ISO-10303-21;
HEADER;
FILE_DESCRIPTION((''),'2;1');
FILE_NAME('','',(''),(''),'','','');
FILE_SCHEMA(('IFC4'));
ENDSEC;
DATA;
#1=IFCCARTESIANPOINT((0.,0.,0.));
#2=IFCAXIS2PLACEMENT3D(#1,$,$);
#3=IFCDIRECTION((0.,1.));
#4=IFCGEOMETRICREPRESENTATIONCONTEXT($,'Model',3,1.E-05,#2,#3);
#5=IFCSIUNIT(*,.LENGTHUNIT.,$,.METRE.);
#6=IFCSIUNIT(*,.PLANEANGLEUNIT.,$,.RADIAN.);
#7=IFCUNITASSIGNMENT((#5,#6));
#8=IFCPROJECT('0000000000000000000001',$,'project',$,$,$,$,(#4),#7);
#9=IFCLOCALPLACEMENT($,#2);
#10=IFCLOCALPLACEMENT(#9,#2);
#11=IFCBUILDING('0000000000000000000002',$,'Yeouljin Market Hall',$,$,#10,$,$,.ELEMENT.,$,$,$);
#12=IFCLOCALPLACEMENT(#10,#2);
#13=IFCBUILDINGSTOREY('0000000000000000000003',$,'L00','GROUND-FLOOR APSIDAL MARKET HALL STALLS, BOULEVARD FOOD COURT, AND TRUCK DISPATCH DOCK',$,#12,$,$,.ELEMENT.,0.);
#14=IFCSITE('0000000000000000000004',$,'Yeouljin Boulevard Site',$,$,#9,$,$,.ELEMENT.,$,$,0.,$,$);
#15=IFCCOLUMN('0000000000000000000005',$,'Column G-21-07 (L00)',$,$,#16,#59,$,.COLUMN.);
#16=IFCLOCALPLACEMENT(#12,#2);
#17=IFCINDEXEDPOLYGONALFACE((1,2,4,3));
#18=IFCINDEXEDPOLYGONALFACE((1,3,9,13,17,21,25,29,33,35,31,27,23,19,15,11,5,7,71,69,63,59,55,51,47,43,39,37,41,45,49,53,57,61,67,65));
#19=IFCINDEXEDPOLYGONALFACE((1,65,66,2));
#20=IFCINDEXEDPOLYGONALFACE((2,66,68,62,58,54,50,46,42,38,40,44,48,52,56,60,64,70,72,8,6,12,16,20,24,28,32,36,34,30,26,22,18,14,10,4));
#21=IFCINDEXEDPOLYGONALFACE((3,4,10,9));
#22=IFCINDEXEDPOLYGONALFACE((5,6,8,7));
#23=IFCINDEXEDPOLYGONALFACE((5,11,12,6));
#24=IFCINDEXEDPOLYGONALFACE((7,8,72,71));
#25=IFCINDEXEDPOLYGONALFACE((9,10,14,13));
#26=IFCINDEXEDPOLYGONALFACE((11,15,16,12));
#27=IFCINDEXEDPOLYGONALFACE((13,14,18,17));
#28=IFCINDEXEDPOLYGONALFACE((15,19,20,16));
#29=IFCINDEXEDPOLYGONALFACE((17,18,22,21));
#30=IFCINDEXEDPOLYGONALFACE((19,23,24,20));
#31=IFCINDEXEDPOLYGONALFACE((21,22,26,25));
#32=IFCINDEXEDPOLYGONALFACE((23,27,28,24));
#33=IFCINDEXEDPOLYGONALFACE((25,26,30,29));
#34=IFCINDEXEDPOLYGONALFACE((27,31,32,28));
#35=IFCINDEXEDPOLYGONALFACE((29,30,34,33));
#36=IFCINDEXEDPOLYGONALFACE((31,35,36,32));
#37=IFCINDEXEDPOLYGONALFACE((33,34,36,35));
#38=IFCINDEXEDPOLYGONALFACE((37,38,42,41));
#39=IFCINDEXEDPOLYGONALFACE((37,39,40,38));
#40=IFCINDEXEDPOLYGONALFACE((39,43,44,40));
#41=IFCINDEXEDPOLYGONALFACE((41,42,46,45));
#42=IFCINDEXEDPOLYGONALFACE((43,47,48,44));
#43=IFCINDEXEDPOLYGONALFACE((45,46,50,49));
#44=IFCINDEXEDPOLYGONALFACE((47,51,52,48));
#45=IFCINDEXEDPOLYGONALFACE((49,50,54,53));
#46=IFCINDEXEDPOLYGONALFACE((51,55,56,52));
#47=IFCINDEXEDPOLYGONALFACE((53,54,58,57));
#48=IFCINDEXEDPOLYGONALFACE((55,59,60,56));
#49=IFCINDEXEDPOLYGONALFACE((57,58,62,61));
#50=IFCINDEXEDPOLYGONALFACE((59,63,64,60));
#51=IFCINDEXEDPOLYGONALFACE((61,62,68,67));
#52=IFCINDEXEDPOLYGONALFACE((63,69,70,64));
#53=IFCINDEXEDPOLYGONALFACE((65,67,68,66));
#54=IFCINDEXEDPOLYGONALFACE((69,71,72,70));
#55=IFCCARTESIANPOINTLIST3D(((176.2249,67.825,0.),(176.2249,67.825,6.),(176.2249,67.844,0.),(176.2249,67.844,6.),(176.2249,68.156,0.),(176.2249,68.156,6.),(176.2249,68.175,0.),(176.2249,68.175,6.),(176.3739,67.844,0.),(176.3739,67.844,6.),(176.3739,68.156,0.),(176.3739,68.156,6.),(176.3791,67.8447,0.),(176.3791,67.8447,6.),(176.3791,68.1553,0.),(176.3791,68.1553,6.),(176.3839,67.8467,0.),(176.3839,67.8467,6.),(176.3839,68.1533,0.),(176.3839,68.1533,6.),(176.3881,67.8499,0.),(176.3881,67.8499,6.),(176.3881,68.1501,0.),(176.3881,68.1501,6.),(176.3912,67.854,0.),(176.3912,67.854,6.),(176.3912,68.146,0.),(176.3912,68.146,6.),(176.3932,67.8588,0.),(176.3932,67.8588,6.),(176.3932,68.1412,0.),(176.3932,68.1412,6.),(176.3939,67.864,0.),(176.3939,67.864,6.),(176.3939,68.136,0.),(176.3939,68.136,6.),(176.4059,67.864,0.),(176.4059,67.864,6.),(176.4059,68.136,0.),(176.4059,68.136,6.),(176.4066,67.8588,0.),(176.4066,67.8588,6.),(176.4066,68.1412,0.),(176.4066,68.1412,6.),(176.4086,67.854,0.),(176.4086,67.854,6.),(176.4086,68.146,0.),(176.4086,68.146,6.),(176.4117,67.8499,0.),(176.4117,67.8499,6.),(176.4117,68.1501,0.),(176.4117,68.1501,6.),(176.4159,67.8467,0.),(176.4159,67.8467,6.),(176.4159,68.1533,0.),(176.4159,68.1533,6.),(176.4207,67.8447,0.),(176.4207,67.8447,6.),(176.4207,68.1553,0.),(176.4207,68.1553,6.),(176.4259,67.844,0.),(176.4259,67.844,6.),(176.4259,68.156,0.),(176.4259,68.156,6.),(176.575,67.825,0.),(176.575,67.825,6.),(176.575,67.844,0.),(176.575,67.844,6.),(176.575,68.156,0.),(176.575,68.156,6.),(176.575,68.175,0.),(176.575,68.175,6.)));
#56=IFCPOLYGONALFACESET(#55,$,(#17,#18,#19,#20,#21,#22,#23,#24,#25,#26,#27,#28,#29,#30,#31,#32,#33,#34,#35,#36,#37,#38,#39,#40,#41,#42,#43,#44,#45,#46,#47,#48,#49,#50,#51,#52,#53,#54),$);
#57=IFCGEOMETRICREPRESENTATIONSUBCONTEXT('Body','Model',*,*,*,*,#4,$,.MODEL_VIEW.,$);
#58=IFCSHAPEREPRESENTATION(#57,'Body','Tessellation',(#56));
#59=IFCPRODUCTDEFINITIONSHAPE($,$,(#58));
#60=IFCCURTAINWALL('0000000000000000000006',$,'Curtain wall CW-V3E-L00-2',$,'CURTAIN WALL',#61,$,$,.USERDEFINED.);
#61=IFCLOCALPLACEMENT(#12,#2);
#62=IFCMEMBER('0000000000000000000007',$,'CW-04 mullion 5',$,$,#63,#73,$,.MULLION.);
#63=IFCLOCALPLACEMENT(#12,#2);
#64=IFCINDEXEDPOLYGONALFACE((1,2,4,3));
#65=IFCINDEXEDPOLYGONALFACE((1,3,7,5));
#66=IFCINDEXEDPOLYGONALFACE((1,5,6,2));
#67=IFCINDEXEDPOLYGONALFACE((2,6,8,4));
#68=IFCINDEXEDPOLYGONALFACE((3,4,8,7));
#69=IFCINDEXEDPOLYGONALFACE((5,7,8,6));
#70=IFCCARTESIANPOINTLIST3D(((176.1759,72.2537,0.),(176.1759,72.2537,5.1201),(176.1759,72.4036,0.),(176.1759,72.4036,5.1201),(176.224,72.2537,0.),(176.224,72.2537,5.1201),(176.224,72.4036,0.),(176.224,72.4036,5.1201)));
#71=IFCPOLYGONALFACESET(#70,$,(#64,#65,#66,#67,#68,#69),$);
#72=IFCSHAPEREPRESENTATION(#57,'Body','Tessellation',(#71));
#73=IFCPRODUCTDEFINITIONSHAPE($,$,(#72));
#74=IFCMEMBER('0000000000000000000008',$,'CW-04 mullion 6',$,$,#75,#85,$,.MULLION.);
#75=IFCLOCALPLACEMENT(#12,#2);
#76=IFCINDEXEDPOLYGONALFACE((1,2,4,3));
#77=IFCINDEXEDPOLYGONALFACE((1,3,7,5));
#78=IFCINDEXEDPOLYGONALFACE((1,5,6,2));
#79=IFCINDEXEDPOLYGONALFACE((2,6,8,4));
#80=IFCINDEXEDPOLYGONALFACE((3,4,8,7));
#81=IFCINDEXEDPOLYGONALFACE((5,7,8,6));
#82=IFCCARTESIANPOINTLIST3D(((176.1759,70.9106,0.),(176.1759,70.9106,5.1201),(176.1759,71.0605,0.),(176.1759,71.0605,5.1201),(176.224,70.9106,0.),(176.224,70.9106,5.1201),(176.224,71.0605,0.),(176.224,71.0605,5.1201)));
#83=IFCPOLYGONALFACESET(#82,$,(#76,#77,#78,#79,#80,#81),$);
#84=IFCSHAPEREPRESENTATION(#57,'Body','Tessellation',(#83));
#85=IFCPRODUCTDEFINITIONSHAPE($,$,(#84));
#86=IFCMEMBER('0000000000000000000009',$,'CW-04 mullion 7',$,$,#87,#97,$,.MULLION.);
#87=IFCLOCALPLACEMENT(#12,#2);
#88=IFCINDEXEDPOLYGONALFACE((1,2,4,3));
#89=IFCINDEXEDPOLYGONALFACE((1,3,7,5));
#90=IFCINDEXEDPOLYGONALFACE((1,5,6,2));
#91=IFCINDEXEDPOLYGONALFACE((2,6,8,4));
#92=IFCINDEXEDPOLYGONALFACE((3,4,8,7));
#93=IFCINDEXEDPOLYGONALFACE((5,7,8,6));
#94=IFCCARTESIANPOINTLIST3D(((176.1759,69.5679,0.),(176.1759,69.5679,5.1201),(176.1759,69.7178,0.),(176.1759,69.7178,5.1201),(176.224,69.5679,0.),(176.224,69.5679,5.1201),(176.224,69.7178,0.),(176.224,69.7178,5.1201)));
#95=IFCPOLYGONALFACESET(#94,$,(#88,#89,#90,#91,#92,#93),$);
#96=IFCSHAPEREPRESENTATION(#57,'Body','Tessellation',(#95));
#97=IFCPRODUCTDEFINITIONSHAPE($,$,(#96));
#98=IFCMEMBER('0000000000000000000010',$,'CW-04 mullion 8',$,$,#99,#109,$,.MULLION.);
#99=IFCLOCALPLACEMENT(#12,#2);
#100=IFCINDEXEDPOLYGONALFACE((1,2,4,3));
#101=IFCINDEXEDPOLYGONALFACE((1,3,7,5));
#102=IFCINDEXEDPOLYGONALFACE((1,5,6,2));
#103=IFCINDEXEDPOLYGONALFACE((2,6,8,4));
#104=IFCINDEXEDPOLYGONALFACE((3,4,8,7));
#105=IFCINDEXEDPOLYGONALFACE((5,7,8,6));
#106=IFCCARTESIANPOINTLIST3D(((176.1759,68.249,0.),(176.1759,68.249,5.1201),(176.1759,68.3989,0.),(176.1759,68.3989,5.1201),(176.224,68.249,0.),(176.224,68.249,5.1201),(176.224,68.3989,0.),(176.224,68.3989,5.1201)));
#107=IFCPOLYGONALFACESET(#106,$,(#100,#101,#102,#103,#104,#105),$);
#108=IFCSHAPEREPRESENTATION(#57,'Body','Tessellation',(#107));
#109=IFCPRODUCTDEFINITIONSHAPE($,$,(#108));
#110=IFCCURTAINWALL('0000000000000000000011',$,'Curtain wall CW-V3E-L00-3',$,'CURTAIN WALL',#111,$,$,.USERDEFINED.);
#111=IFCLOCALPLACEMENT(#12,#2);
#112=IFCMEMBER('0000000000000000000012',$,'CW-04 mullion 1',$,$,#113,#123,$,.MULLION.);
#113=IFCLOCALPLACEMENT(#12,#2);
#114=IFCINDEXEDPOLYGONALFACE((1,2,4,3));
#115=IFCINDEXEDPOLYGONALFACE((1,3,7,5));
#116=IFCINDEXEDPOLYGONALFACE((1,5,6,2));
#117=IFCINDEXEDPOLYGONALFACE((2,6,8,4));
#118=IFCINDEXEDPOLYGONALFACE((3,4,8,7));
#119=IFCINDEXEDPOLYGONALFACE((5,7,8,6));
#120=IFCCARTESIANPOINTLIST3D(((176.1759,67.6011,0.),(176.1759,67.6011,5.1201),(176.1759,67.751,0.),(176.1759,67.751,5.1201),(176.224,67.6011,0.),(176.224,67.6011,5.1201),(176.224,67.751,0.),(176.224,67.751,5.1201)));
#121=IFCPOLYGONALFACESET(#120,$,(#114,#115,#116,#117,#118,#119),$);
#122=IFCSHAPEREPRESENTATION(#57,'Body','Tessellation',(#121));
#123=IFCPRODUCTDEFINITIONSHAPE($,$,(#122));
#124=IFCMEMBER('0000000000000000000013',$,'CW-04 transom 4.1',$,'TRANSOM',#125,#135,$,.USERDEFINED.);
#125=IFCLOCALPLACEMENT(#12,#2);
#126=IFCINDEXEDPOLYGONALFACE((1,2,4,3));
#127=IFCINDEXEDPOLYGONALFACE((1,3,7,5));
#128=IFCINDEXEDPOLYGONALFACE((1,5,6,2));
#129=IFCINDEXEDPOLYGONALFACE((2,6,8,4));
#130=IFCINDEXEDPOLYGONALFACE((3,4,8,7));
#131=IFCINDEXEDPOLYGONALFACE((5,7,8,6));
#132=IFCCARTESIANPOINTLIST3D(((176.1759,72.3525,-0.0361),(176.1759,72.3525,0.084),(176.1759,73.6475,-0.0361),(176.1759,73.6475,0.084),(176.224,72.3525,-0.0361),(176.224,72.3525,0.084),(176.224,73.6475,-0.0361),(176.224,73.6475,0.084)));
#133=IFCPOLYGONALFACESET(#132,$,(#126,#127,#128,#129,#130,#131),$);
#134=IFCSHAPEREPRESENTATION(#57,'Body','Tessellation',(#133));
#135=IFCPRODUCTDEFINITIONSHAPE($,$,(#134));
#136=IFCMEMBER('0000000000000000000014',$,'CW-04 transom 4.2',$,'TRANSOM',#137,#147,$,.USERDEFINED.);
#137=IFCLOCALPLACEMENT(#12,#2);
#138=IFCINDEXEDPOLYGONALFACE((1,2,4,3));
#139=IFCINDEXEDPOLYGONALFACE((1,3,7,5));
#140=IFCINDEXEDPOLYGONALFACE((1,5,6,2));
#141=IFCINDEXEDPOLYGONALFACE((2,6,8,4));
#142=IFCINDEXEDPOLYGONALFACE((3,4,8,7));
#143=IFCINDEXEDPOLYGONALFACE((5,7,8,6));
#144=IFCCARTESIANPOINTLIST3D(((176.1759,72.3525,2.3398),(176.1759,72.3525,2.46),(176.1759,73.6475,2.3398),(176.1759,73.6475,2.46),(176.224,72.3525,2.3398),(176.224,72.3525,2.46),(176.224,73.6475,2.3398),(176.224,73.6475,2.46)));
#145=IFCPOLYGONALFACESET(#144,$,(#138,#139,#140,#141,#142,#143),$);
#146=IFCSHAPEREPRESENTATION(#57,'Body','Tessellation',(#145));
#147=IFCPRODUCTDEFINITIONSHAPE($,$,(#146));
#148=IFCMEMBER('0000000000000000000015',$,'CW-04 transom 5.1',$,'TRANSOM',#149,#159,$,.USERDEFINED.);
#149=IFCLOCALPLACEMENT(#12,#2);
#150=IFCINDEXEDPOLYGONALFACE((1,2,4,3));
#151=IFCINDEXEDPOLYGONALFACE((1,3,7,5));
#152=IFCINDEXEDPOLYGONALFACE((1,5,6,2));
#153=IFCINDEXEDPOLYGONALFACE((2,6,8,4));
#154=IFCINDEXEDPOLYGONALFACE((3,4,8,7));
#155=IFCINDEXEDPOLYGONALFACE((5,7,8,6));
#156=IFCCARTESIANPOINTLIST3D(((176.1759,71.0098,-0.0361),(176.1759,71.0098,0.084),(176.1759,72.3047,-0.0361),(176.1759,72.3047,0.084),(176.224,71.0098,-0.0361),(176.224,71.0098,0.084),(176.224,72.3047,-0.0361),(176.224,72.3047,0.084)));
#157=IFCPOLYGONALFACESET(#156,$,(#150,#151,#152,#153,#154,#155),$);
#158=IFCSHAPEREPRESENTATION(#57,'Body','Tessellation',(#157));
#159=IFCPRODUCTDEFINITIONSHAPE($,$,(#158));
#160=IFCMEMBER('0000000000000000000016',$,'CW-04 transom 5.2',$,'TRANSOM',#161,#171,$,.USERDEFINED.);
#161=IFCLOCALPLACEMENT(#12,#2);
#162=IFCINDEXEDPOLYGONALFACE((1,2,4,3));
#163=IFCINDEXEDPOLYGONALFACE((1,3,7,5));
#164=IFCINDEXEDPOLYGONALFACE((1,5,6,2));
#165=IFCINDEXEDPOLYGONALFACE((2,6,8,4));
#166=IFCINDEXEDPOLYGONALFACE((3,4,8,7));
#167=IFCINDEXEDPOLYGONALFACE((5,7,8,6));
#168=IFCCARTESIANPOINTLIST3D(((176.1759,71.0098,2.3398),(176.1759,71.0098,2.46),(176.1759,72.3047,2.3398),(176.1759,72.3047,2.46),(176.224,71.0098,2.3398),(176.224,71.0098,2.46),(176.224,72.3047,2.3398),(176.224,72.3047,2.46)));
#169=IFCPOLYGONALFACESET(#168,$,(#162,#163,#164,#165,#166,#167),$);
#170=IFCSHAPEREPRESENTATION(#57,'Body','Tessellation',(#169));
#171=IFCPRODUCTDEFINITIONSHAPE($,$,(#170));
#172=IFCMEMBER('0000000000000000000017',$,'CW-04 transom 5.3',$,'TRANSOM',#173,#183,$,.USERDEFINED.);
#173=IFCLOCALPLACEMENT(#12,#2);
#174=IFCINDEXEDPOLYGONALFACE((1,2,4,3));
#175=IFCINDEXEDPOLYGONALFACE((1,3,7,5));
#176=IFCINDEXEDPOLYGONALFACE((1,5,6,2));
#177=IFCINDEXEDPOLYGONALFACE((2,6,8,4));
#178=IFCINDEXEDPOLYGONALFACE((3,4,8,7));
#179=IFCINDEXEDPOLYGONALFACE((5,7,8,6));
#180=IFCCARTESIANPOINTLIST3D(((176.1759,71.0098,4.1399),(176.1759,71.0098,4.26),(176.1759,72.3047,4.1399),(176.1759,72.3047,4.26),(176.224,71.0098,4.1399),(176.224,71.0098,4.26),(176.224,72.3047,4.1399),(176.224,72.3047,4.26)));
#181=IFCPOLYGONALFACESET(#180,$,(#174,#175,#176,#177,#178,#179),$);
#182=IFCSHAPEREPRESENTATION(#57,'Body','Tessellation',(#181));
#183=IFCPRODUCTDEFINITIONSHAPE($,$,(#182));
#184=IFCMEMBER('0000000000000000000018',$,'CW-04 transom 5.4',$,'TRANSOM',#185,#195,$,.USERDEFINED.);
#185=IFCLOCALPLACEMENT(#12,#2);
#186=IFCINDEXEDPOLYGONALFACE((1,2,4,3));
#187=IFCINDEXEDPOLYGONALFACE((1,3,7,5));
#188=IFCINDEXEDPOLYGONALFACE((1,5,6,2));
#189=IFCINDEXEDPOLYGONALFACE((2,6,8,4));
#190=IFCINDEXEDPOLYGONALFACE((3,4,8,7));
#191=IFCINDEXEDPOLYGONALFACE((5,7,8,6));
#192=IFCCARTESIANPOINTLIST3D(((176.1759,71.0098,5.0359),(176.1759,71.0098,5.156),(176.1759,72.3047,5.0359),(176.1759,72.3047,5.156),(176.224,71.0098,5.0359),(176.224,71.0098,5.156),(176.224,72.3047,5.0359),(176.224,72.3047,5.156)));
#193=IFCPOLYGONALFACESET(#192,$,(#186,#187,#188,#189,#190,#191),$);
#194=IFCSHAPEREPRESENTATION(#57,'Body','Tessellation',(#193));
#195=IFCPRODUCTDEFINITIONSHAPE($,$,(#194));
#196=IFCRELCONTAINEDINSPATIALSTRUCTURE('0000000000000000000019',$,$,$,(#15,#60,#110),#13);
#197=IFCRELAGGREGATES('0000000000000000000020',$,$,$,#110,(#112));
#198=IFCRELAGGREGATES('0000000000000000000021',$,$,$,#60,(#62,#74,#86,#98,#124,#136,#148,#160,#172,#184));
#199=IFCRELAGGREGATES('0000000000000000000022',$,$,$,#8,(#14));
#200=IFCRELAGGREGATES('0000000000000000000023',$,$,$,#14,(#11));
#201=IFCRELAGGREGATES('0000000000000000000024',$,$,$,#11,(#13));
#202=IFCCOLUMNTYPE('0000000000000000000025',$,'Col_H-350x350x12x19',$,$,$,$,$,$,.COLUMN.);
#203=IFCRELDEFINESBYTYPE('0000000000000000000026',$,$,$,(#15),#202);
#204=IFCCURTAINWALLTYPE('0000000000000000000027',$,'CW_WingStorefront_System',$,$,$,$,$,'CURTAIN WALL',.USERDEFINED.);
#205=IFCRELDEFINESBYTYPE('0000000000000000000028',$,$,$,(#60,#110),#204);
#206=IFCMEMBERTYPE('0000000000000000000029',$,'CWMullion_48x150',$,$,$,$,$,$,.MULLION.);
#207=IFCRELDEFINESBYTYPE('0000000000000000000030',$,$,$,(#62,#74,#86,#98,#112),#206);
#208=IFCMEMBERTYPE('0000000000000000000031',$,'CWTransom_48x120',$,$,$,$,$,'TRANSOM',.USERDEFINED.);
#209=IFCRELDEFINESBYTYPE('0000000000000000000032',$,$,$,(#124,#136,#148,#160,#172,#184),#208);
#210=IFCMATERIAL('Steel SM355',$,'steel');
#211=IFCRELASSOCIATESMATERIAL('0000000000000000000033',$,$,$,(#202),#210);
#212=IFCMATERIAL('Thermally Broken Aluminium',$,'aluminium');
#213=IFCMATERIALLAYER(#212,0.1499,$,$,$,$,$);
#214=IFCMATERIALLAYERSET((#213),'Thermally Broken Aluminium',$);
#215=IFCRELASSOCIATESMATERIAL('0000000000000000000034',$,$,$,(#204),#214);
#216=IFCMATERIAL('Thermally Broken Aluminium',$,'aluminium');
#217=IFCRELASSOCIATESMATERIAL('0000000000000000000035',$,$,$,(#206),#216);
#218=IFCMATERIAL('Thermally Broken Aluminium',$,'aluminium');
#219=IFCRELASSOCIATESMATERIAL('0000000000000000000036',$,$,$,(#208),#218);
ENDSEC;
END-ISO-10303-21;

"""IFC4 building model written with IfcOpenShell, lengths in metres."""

from ifc_helpers import new_model, si_unit, direction, frame, origin, origin_2d, place, context, subcontext, project, spatial, rectangle, i_section, extrude, material, layer, layer_set, material_profile, profile_set, type_object, element, aggregate, save


model = new_model("IFC4")

# Units and contexts
model_context = context("Model", 3, precision=1e-05, world=origin(), true_north=direction((0.0, 1.0)))
body_context = subcontext(model_context, "Body", "Model", "MODEL_VIEW")
ifc_project = project(units=[si_unit("LENGTHUNIT", "METRE"), si_unit("PLANEANGLEUNIT", "RADIAN")], contexts=[model_context])

# Site, building, storey
site_placement = place(None, origin())
site = spatial("IfcSite", under=ifc_project, at=site_placement, Name="Yeouljin Boulevard Site", CompositionType="ELEMENT", RefElevation=0.0)
building_placement = place(site_placement, origin())
building = spatial("IfcBuilding", under=site, at=building_placement, Name="Yeouljin Market Hall", CompositionType="ELEMENT")
storey_placement = place(building_placement, origin())
storey = spatial("IfcBuildingStorey", under=building, at=storey_placement, Name="L00", Description="GROUND-FLOOR APSIDAL MARKET HALL STALLS, BOULEVARD FOOD COURT, AND TRUCK DISPATCH DOCK", CompositionType="ELEMENT", Elevation=0.0)

# Column
ifc_material_1 = material(Name="Steel SM355", Category="steel")
ifc_material_profile_1 = material_profile(ifc_material_1, i_section(OverallWidth=0.3501, OverallDepth=0.3501, WebThickness=0.012, FlangeThickness=0.019, FilletRadius=0.02, at=origin_2d()), Name="H-350x350x12x19")
ifc_profile_set_1 = profile_set([ifc_material_profile_1], Name="Steel SM355")
column_type = type_object("IfcColumnType", Name="Col_H-350x350x12x19", PredefinedType="COLUMN", material=ifc_profile_set_1)
column_placement = place(storey_placement, frame((176.3999, 68.0, 0.0), z_axis=(0.0, 0.0, 1.0), x_axis=(1.0, 0.0, 0.0)))
element("IfcColumn", 1, at=column_placement, inside=storey, type_object=column_type, Name="Column G-21-07 (L00)", PredefinedType="COLUMN", context=body_context, shape_type="SweptSolid", body=[
    extrude(i_section(OverallWidth=0.3501, OverallDepth=0.3501, WebThickness=0.012, FlangeThickness=0.019, FilletRadius=0.02, at=origin_2d()), origin(), (0.0, 0.0, 1.0), 6.0),
])

# Curtain wall, members
ifc_material_2 = material(Name="Thermally Broken Aluminium", Category="aluminium")
ifc_layer_1 = layer(ifc_material_2, 0.1499)
ifc_layer_set_1 = layer_set([ifc_layer_1], Name="Thermally Broken Aluminium")
curtain_wall_type = type_object("IfcCurtainWallType", Name="CW_WingStorefront_System", ElementType="CURTAIN WALL", PredefinedType="USERDEFINED", material=ifc_layer_set_1)
curtain_wall_1_placement = place(storey_placement, origin())
curtain_wall_1 = element("IfcCurtainWall", 2, at=curtain_wall_1_placement, inside=storey, type_object=curtain_wall_type, Name="Curtain wall CW-V3E-L00-2", ObjectType="CURTAIN WALL", PredefinedType="USERDEFINED")
ifc_material_3 = material(Name="Thermally Broken Aluminium", Category="aluminium")
ifc_material_profile_2 = material_profile(ifc_material_3, rectangle(XDim=0.0481, YDim=0.1499, at=origin_2d()), Name="CW-MULL-48x150")
ifc_profile_set_2 = profile_set([ifc_material_profile_2], Name="Thermally Broken Aluminium")
member_type_1 = type_object("IfcMemberType", Name="CWMullion_48x150", PredefinedType="MULLION", material=ifc_profile_set_2)
member_1_placement = place(storey_placement, frame((176.2, 72.3286, 0.0), z_axis=(0.0, 0.0, 1.0), x_axis=(1.0, 0.0, 0.0)))
member_1 = element("IfcMember", 3, at=member_1_placement, type_object=member_type_1, Name="CW-04 mullion 5", PredefinedType="MULLION", context=body_context, shape_type="SweptSolid", body=[
    extrude(rectangle(XDim=0.0481, YDim=0.1499, at=origin_2d()), origin(), (0.0, 0.0, 1.0), 5.1201),
])
member_2_placement = place(storey_placement, frame((176.2, 70.9856, 0.0), z_axis=(0.0, 0.0, 1.0), x_axis=(1.0, 0.0, 0.0)))
member_2 = element("IfcMember", 4, at=member_2_placement, type_object=member_type_1, Name="CW-04 mullion 6", PredefinedType="MULLION", context=body_context, shape_type="SweptSolid", body=[
    extrude(rectangle(XDim=0.0481, YDim=0.1499, at=origin_2d()), origin(), (0.0, 0.0, 1.0), 5.1201),
])
member_3_placement = place(storey_placement, frame((176.2, 69.6428, 0.0), z_axis=(0.0, 0.0, 1.0), x_axis=(1.0, 0.0, 0.0)))
member_3 = element("IfcMember", 5, at=member_3_placement, type_object=member_type_1, Name="CW-04 mullion 7", PredefinedType="MULLION", context=body_context, shape_type="SweptSolid", body=[
    extrude(rectangle(XDim=0.0481, YDim=0.1499, at=origin_2d()), origin(), (0.0, 0.0, 1.0), 5.1201),
])
member_4_placement = place(storey_placement, frame((176.2, 68.324, 0.0), z_axis=(0.0, 0.0, 1.0), x_axis=(1.0, 0.0, 0.0)))
member_4 = element("IfcMember", 6, at=member_4_placement, type_object=member_type_1, Name="CW-04 mullion 8", PredefinedType="MULLION", context=body_context, shape_type="SweptSolid", body=[
    extrude(rectangle(XDim=0.0481, YDim=0.1499, at=origin_2d()), origin(), (0.0, 0.0, 1.0), 5.1201),
])

# Curtain wall, member
curtain_wall_2_placement = place(storey_placement, origin())
curtain_wall_2 = element("IfcCurtainWall", 7, at=curtain_wall_2_placement, inside=storey, type_object=curtain_wall_type, Name="Curtain wall CW-V3E-L00-3", ObjectType="CURTAIN WALL", PredefinedType="USERDEFINED")
member_5_placement = place(storey_placement, frame((176.2, 67.676, 0.0), z_axis=(0.0, 0.0, 1.0), x_axis=(1.0, 0.0, 0.0)))
member_5 = element("IfcMember", 8, at=member_5_placement, type_object=member_type_1, Name="CW-04 mullion 1", PredefinedType="MULLION", context=body_context, shape_type="SweptSolid", body=[
    extrude(rectangle(XDim=0.0481, YDim=0.1499, at=origin_2d()), origin(), (0.0, 0.0, 1.0), 5.1201),
])

# Members
ifc_material_4 = material(Name="Thermally Broken Aluminium", Category="aluminium")
ifc_material_profile_3 = material_profile(ifc_material_4, rectangle(XDim=0.0481, YDim=0.1201, at=origin_2d()), Name="CW-TRAN-48x120")
ifc_profile_set_3 = profile_set([ifc_material_profile_3], Name="Thermally Broken Aluminium")
member_type_2 = type_object("IfcMemberType", Name="CWTransom_48x120", ElementType="TRANSOM", PredefinedType="USERDEFINED", material=ifc_profile_set_3)
member_6_placement = place(storey_placement, frame((176.2, 73.6475, 0.0239), z_axis=(0.0, -1.0, 0.0), x_axis=(1.0, 0.0, 0.0)))
member_6 = element("IfcMember", 9, at=member_6_placement, type_object=member_type_2, Name="CW-04 transom 4.1", ObjectType="TRANSOM", PredefinedType="USERDEFINED", context=body_context, shape_type="SweptSolid", body=[
    extrude(rectangle(XDim=0.0481, YDim=0.1201, at=origin_2d()), origin(), (0.0, 0.0, 1.0), 1.2949),
])
member_7_placement = place(storey_placement, frame((176.2, 73.6475, 2.3999), z_axis=(0.0, -1.0, 0.0), x_axis=(1.0, 0.0, 0.0)))
member_7 = element("IfcMember", 10, at=member_7_placement, type_object=member_type_2, Name="CW-04 transom 4.2", ObjectType="TRANSOM", PredefinedType="USERDEFINED", context=body_context, shape_type="SweptSolid", body=[
    extrude(rectangle(XDim=0.0481, YDim=0.1201, at=origin_2d()), origin(), (0.0, 0.0, 1.0), 1.2949),
])
member_8_placement = place(storey_placement, frame((176.2, 72.3047, 0.0239), z_axis=(0.0, -1.0, 0.0), x_axis=(1.0, 0.0, 0.0)))
member_8 = element("IfcMember", 11, at=member_8_placement, type_object=member_type_2, Name="CW-04 transom 5.1", ObjectType="TRANSOM", PredefinedType="USERDEFINED", context=body_context, shape_type="SweptSolid", body=[
    extrude(rectangle(XDim=0.0481, YDim=0.1201, at=origin_2d()), origin(), (0.0, 0.0, 1.0), 1.2949),
])
member_9_placement = place(storey_placement, frame((176.2, 72.3047, 2.3999), z_axis=(0.0, -1.0, 0.0), x_axis=(1.0, 0.0, 0.0)))
member_9 = element("IfcMember", 12, at=member_9_placement, type_object=member_type_2, Name="CW-04 transom 5.2", ObjectType="TRANSOM", PredefinedType="USERDEFINED", context=body_context, shape_type="SweptSolid", body=[
    extrude(rectangle(XDim=0.0481, YDim=0.1201, at=origin_2d()), origin(), (0.0, 0.0, 1.0), 1.2949),
])
member_10_placement = place(storey_placement, frame((176.2, 72.3047, 4.2), z_axis=(0.0, -1.0, 0.0), x_axis=(1.0, 0.0, 0.0)))
member_10 = element("IfcMember", 13, at=member_10_placement, type_object=member_type_2, Name="CW-04 transom 5.3", ObjectType="TRANSOM", PredefinedType="USERDEFINED", context=body_context, shape_type="SweptSolid", body=[
    extrude(rectangle(XDim=0.0481, YDim=0.1201, at=origin_2d()), origin(), (0.0, 0.0, 1.0), 1.2949),
])
member_11_placement = place(storey_placement, frame((176.2, 72.3047, 5.0959), z_axis=(0.0, -1.0, 0.0), x_axis=(1.0, 0.0, 0.0)))
member_11 = element("IfcMember", 14, at=member_11_placement, type_object=member_type_2, Name="CW-04 transom 5.4", ObjectType="TRANSOM", PredefinedType="USERDEFINED", context=body_context, shape_type="SweptSolid", body=[
    extrude(rectangle(XDim=0.0481, YDim=0.1201, at=origin_2d()), origin(), (0.0, 0.0, 1.0), 1.2949),
])
aggregate(curtain_wall_2, [member_5])

aggregate(curtain_wall_1, [member_1, member_2, member_3, member_4, member_6, member_7, member_8, member_9, member_10, member_11])

save(model, "model.ifc")
